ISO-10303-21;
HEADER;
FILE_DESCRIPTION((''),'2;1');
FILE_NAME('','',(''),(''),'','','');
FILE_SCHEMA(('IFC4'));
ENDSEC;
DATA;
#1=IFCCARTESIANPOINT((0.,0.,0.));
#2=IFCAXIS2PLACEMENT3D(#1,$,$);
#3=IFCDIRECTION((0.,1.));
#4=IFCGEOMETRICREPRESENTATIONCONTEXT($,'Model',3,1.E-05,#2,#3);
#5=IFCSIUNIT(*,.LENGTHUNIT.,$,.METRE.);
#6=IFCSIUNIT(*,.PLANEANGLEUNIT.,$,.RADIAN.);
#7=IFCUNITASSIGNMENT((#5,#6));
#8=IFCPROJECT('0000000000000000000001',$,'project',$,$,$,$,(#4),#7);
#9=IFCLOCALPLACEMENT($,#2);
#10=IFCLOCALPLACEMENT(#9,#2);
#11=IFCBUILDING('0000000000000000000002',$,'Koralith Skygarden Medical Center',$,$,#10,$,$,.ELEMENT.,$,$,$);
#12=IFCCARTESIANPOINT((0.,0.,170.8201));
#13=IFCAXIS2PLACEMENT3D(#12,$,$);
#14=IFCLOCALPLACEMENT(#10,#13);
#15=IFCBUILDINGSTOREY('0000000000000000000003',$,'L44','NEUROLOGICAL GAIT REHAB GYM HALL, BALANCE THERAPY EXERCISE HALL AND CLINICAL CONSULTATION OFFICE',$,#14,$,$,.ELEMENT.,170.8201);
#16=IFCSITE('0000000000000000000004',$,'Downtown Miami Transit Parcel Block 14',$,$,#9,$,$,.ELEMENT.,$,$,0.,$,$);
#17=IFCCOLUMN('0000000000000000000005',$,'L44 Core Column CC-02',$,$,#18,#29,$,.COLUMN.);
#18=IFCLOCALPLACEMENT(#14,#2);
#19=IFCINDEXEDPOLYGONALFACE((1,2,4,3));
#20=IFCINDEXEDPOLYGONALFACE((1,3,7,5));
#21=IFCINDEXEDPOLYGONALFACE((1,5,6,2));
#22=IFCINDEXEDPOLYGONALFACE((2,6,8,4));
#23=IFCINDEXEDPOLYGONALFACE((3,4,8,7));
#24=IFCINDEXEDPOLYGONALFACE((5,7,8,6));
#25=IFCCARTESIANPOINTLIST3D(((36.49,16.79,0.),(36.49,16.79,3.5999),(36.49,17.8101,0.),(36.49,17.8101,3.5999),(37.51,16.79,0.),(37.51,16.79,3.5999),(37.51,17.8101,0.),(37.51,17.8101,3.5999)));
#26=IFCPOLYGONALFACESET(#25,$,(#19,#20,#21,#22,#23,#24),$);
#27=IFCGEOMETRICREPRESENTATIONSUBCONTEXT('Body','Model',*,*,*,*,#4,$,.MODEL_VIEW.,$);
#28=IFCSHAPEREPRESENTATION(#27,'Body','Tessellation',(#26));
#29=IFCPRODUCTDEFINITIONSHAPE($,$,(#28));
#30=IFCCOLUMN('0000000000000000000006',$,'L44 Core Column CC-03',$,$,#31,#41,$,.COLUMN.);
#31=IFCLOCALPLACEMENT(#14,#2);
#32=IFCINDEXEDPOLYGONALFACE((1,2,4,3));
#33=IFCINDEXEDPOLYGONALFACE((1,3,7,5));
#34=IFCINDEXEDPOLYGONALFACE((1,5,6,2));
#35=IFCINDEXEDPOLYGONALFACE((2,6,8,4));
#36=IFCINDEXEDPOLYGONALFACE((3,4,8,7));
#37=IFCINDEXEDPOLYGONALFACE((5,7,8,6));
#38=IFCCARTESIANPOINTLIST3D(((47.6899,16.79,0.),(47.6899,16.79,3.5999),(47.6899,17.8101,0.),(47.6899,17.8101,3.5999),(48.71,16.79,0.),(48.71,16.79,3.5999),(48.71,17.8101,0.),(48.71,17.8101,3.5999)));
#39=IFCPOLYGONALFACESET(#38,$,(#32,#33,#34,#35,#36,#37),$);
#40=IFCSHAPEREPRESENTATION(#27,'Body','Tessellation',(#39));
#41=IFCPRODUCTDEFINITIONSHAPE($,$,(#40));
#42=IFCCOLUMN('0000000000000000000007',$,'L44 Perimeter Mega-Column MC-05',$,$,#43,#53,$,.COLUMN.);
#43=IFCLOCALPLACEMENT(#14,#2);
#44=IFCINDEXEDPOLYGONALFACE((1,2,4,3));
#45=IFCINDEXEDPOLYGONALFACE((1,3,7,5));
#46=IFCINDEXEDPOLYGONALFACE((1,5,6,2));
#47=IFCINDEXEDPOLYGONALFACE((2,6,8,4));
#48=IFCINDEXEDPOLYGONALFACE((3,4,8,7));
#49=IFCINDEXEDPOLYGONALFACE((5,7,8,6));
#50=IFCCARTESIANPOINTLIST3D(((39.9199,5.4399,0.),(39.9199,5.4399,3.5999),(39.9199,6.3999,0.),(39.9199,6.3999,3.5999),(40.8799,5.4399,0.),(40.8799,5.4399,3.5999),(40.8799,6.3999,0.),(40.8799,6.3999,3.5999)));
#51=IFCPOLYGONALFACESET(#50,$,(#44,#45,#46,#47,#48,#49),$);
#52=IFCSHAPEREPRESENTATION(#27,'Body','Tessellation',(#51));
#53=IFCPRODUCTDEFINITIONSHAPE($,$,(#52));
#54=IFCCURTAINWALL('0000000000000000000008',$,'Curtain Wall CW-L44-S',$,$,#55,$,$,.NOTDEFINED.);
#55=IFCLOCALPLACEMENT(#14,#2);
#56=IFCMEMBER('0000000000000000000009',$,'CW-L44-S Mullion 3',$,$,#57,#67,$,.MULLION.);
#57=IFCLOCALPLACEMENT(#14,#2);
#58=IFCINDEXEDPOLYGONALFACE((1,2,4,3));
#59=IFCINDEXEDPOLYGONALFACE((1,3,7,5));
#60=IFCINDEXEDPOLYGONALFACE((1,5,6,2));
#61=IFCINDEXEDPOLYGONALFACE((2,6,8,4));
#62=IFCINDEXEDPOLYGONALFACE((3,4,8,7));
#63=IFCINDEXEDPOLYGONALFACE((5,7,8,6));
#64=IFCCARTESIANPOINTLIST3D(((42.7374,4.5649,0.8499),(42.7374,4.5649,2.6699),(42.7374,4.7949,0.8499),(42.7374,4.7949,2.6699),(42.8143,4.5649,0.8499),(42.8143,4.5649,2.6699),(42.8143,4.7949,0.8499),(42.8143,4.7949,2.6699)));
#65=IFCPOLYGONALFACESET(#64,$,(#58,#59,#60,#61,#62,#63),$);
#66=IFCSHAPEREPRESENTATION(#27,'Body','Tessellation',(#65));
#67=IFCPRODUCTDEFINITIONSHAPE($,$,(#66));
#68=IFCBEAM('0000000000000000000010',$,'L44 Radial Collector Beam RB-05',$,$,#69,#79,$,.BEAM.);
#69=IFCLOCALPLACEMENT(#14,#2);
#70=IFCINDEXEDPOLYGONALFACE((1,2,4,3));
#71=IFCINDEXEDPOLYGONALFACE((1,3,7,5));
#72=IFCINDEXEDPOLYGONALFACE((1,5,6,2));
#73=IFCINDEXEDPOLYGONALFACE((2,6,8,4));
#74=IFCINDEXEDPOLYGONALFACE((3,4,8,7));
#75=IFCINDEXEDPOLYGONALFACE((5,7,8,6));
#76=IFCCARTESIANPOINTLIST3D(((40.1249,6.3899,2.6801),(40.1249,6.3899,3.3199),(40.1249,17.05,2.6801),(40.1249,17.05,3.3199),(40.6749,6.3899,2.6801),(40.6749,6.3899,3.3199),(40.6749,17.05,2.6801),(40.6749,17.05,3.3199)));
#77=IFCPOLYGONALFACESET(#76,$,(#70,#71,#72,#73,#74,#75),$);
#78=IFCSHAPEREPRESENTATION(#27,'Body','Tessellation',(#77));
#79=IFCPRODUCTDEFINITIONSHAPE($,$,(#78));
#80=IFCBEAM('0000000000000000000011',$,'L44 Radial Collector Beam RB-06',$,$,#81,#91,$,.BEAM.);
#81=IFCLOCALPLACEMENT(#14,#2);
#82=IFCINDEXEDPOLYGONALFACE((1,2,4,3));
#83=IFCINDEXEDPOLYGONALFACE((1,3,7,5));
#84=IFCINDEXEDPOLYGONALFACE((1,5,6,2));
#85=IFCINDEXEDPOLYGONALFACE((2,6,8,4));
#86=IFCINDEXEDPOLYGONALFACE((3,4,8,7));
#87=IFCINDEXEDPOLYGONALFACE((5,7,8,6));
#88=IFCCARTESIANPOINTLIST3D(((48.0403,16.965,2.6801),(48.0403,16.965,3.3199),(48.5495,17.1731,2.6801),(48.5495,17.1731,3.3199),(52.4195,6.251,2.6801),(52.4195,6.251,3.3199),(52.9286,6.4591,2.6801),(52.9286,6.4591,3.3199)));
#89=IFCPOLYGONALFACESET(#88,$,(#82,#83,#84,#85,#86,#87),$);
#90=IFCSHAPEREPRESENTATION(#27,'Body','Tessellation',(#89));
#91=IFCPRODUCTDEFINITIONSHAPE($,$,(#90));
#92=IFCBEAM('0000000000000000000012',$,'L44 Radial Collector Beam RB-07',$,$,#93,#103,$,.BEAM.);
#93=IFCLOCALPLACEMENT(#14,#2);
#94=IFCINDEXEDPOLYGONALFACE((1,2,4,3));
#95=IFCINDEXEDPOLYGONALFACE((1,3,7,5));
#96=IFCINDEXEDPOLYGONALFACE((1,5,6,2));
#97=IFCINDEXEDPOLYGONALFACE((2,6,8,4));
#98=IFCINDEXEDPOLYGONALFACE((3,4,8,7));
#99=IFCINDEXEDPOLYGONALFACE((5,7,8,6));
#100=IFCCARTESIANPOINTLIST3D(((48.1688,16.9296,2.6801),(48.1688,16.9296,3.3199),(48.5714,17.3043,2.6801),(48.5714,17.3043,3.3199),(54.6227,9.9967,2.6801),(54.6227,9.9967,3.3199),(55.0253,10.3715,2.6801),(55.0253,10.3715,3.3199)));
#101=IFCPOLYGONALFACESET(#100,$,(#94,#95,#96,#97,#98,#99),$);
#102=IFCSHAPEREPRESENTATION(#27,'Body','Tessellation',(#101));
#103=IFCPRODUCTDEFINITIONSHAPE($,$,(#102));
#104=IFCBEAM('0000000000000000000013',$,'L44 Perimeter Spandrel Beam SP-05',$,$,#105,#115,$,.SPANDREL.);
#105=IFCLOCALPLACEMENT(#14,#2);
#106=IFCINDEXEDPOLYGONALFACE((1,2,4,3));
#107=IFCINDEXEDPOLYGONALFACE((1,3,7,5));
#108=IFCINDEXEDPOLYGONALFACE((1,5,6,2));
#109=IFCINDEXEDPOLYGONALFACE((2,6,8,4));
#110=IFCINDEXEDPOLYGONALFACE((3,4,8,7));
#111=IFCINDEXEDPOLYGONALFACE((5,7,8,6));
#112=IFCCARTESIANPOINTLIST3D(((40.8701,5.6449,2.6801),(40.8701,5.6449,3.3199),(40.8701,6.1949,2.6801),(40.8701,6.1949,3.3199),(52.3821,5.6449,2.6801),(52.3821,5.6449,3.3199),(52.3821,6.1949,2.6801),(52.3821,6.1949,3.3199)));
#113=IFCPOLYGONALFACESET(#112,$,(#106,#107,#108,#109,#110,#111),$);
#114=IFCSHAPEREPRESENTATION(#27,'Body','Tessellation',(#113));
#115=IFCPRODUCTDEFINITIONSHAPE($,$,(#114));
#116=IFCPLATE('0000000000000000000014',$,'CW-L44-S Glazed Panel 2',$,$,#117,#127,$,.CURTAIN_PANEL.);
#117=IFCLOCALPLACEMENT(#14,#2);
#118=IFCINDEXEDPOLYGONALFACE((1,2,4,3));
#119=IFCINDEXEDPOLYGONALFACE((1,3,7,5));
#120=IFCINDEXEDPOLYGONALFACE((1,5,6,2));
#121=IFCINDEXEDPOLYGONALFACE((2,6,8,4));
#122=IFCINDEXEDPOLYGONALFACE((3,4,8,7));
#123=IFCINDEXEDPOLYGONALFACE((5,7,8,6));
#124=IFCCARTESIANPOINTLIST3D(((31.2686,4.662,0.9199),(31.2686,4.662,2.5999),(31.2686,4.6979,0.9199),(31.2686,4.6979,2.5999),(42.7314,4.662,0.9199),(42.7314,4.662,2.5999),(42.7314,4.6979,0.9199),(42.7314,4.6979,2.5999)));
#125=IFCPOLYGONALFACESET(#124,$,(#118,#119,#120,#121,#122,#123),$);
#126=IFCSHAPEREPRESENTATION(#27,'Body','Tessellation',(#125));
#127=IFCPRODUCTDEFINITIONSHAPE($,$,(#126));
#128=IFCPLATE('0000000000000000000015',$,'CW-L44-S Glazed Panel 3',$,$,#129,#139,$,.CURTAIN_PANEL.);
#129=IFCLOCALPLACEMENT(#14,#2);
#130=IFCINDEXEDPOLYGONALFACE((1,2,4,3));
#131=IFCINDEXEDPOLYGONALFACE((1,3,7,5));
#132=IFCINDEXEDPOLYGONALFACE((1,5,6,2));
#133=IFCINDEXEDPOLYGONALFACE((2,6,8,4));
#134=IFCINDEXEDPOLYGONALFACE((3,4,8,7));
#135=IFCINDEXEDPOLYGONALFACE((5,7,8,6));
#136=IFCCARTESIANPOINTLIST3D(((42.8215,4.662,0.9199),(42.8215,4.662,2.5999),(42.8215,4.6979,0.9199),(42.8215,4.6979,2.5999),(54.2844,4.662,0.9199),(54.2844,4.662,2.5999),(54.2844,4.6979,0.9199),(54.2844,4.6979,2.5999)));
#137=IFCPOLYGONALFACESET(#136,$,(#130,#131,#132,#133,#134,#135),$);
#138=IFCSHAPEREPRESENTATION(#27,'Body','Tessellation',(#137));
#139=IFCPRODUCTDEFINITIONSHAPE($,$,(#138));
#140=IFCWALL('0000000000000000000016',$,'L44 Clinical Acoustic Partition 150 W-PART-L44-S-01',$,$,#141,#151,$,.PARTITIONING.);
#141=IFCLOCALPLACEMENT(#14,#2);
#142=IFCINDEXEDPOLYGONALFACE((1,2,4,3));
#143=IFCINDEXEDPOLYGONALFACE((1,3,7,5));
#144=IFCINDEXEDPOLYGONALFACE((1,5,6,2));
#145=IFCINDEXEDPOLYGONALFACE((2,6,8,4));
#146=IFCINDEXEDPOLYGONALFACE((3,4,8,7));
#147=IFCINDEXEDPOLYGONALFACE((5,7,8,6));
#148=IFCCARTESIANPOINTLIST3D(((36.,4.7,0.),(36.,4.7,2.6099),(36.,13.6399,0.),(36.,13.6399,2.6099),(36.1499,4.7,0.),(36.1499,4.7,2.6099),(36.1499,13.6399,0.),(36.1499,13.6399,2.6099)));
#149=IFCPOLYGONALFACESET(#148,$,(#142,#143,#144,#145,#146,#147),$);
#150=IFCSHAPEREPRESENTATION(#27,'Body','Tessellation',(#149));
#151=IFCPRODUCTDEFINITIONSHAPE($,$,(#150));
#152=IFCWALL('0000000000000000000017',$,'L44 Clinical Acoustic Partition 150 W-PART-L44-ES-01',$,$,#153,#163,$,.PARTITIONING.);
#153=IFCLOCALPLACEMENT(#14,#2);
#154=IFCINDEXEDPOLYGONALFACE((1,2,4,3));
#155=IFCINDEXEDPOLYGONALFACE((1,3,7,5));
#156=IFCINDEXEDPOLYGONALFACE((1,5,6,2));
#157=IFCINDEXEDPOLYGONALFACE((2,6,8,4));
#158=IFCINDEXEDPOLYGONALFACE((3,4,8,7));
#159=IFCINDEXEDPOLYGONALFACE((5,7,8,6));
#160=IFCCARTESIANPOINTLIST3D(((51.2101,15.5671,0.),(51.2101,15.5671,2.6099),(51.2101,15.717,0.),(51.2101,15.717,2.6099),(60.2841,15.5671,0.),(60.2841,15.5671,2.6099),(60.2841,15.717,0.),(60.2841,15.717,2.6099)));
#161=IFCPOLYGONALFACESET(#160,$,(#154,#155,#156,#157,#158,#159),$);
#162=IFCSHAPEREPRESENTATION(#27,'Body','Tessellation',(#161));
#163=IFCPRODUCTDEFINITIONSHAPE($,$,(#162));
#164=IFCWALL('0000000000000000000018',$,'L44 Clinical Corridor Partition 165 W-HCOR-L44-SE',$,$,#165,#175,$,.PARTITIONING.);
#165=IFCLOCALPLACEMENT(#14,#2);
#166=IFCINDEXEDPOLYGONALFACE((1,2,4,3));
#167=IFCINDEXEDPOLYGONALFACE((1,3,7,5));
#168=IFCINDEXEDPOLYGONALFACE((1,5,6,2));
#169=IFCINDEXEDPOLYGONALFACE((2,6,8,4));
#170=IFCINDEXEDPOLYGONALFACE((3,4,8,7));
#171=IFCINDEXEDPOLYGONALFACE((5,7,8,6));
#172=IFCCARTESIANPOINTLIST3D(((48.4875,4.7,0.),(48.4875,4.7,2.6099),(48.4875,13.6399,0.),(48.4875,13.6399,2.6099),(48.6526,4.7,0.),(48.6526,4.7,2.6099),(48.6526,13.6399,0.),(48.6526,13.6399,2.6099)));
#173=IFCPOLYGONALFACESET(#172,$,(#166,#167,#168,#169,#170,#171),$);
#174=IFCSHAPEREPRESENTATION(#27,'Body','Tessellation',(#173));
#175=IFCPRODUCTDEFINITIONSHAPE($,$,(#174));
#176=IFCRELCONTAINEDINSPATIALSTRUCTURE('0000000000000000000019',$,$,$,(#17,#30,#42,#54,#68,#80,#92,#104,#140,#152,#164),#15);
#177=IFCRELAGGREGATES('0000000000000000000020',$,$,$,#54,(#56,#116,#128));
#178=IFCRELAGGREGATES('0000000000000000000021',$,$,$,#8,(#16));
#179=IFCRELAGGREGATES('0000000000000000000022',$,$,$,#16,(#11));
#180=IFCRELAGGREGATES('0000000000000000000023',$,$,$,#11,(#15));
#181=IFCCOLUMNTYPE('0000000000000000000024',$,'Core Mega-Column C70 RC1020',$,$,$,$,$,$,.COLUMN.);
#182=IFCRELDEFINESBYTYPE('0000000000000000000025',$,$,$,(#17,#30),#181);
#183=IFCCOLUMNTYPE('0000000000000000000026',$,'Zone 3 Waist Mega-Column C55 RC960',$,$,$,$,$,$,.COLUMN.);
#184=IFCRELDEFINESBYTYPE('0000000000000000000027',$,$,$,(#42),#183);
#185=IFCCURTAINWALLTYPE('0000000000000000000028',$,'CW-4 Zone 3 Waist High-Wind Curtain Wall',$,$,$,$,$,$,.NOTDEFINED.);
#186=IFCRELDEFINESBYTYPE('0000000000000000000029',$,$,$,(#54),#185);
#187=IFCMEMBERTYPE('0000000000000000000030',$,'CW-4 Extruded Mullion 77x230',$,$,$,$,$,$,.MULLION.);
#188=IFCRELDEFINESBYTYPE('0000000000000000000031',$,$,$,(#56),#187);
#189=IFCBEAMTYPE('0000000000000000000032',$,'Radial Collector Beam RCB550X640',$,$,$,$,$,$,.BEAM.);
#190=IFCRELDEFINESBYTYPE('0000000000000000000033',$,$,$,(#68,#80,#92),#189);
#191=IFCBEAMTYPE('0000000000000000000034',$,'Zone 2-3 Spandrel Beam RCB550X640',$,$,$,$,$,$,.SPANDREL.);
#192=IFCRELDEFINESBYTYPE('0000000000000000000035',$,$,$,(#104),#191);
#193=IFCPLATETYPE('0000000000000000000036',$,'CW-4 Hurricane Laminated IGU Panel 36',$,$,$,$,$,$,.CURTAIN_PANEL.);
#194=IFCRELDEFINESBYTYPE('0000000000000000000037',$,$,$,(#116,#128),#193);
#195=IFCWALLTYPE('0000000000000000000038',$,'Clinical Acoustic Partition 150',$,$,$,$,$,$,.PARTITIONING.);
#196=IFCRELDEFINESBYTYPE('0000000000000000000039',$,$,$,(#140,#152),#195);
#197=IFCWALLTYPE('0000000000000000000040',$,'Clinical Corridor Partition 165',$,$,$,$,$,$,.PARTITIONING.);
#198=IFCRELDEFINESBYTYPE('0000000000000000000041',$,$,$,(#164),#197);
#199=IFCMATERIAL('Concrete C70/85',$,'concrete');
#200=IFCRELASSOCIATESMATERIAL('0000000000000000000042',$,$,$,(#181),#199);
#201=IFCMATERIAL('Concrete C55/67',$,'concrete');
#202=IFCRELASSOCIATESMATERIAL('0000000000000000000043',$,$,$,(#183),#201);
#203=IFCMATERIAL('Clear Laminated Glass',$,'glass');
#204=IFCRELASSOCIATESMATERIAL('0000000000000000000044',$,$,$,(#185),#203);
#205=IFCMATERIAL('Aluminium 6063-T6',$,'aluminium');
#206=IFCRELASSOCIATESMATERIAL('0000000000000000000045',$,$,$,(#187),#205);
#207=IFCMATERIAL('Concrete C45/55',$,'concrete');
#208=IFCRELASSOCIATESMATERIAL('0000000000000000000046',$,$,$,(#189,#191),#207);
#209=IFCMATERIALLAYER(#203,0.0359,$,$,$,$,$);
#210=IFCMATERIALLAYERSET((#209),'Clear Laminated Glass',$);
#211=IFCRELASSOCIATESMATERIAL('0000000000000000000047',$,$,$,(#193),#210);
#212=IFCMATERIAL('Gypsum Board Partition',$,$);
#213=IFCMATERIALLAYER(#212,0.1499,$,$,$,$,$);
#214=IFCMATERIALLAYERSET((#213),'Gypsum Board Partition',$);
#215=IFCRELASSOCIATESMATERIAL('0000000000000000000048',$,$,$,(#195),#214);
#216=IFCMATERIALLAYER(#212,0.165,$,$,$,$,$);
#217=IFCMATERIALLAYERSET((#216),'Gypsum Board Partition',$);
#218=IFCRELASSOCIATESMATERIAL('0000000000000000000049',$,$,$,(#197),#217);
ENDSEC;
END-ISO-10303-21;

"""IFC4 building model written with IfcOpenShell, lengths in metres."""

from ifc_helpers import new_model, si_unit, direction, frame, frame_2d, origin, origin_2d, place, context, subcontext, project, spatial, rectangle, extrude, material, layer, layer_set, material_profile, profile_set, type_object, element, aggregate, save


model = new_model("IFC4")

# Units and contexts
model_context = context("Model", 3, precision=1e-05, world=origin(), true_north=direction((0.0, 1.0)))
body_context = subcontext(model_context, "Body", "Model", "MODEL_VIEW")
ifc_project = project(units=[si_unit("LENGTHUNIT", "METRE"), si_unit("PLANEANGLEUNIT", "RADIAN")], contexts=[model_context])

# Site, building, storey
site_placement = place(None, origin())
site = spatial("IfcSite", under=ifc_project, at=site_placement, Name="Downtown Miami Transit Parcel Block 14", CompositionType="ELEMENT", RefElevation=0.0)
building_placement = place(site_placement, origin())
building = spatial("IfcBuilding", under=site, at=building_placement, Name="Koralith Skygarden Medical Center", CompositionType="ELEMENT")
storey_placement = place(building_placement, frame((0.0, 0.0, 170.8201)))
storey = spatial("IfcBuildingStorey", under=building, at=storey_placement, Name="L44", Description="NEUROLOGICAL GAIT REHAB GYM HALL, BALANCE THERAPY EXERCISE HALL AND CLINICAL CONSULTATION OFFICE", CompositionType="ELEMENT", Elevation=170.8201)

# Columns
ifc_material_1 = material(Name="Concrete C70/85", Category="concrete")
ifc_material_profile_1 = material_profile(ifc_material_1, rectangle(XDim=1.02, YDim=1.02, at=origin_2d()), Name="RC1020X1020")
ifc_profile_set_1 = profile_set([ifc_material_profile_1], Name="Concrete C70/85")
column_type_1 = type_object("IfcColumnType", Name="Core Mega-Column C70 RC1020", PredefinedType="COLUMN", material=ifc_profile_set_1)
for number, where, z_axis, x_axis, name in (
    (1, (37.0, 17.3, 0.0), (0.0, 0.0, 1.0), (1.0, 0.0, 0.0), "L44 Core Column CC-02"),
    (2, (48.2, 17.3, 0.0), (0.0, 0.0, 1.0), (1.0, 0.0, 0.0), "L44 Core Column CC-03"),
):
    element("IfcColumn", number, at=place(storey_placement, frame(where, z_axis=z_axis, x_axis=x_axis)), inside=storey, type_object=column_type_1, Name=name, PredefinedType="COLUMN", context=body_context, shape_type="SweptSolid", body=[
        extrude(rectangle(XDim=1.02, YDim=1.02, at=origin_2d()), origin(), (0.0, 0.0, 1.0), 3.5999),
    ])
ifc_material_2 = material(Name="Concrete C55/67", Category="concrete")
ifc_material_profile_2 = material_profile(ifc_material_2, rectangle(XDim=0.96, YDim=0.96, at=origin_2d()), Name="RC960X960")
ifc_profile_set_2 = profile_set([ifc_material_profile_2], Name="Concrete C55/67")
column_type_2 = type_object("IfcColumnType", Name="Zone 3 Waist Mega-Column C55 RC960", PredefinedType="COLUMN", material=ifc_profile_set_2)
column_placement = place(storey_placement, frame((40.3999, 5.9199, 0.0), z_axis=(0.0, 0.0, 1.0), x_axis=(1.0, 0.0, 0.0)))
element("IfcColumn", 3, at=column_placement, inside=storey, type_object=column_type_2, Name="L44 Perimeter Mega-Column MC-05", PredefinedType="COLUMN", context=body_context, shape_type="SweptSolid", body=[
    extrude(rectangle(XDim=0.96, YDim=0.96, at=origin_2d()), origin(), (0.0, 0.0, 1.0), 3.5999),
])

# Curtain wall, member
ifc_material_3 = material(Name="Clear Laminated Glass", Category="glass")
curtain_wall_type = type_object("IfcCurtainWallType", Name="CW-4 Zone 3 Waist High-Wind Curtain Wall", PredefinedType="NOTDEFINED", material=ifc_material_3)
curtain_wall_placement = place(storey_placement, origin())
curtain_wall = element("IfcCurtainWall", 4, at=curtain_wall_placement, inside=storey, type_object=curtain_wall_type, Name="Curtain Wall CW-L44-S", PredefinedType="NOTDEFINED")
ifc_material_4 = material(Name="Aluminium 6063-T6", Category="aluminium")
ifc_material_profile_3 = material_profile(ifc_material_4, rectangle(XDim=0.0769, YDim=0.23, at=origin_2d()), Name="MUL77X230")
ifc_profile_set_3 = profile_set([ifc_material_profile_3], Name="Aluminium 6063-T6")
member_type = type_object("IfcMemberType", Name="CW-4 Extruded Mullion 77x230", PredefinedType="MULLION", material=ifc_profile_set_3)
member_placement = place(storey_placement, frame((42.7759, 4.6799, 0.8499), z_axis=(0.0, 0.0, 1.0), x_axis=(1.0, 0.0, 0.0)))
member = element("IfcMember", 5, at=member_placement, type_object=member_type, Name="CW-L44-S Mullion 3", PredefinedType="MULLION", context=body_context, shape_type="SweptSolid", body=[
    extrude(rectangle(XDim=0.0769, YDim=0.23, at=origin_2d()), origin(), (0.0, 0.0, 1.0), 1.8201),
])

# Beams
ifc_material_5 = material(Name="Concrete C45/55", Category="concrete")
ifc_material_profile_4 = material_profile(ifc_material_5, rectangle(XDim=0.55, YDim=0.6399, at=origin_2d()), Name="RCB550X640")
ifc_profile_set_4 = profile_set([ifc_material_profile_4], Name="Concrete C45/55")
beam_type_1 = type_object("IfcBeamType", Name="Radial Collector Beam RCB550X640", PredefinedType="BEAM", material=ifc_profile_set_4)
beam_1_placement = place(storey_placement, frame((40.3999, 17.05, 3.0), z_axis=(0.0, -1.0, 0.0), x_axis=(1.0, 0.0, 0.0)))
element("IfcBeam", 6, at=beam_1_placement, inside=storey, type_object=beam_type_1, Name="L44 Radial Collector Beam RB-05", PredefinedType="BEAM", context=body_context, shape_type="SweptSolid", body=[
    extrude(rectangle(XDim=0.55, YDim=0.6399, at=origin_2d()), origin(), (0.0, 0.0, 1.0), 10.6602),
])
beam_2_placement = place(storey_placement, frame((48.2949, 17.0691, 3.0), z_axis=(0.378345, -0.925665, 0.0), x_axis=(0.925665, 0.378345, 0.0)))
element("IfcBeam", 7, at=beam_2_placement, inside=storey, type_object=beam_type_1, Name="L44 Radial Collector Beam RB-06", PredefinedType="BEAM", context=body_context, shape_type="SweptSolid", body=[
    extrude(rectangle(XDim=0.55, YDim=0.6399, at=origin_2d()), origin(), (0.0, 0.0, 1.0), 11.5745),
])
beam_3_placement = place(storey_placement, frame((48.3701, 17.1169, 3.0), z_axis=(0.681369, -0.73194, 0.0), x_axis=(0.73194, 0.681369, 0.0)))
element("IfcBeam", 8, at=beam_3_placement, inside=storey, type_object=beam_type_1, Name="L44 Radial Collector Beam RB-07", PredefinedType="BEAM", context=body_context, shape_type="SweptSolid", body=[
    extrude(rectangle(XDim=0.55, YDim=0.6399, at=origin_2d()), origin(), (0.0, 0.0, 1.0), 9.4719),
])
ifc_material_profile_5 = material_profile(ifc_material_5, rectangle(XDim=0.55, YDim=0.6399, at=origin_2d()), Name="RCB550X640")
ifc_profile_set_5 = profile_set([ifc_material_profile_5], Name="Concrete C45/55")
beam_type_2 = type_object("IfcBeamType", Name="Zone 2-3 Spandrel Beam RCB550X640", PredefinedType="SPANDREL", material=ifc_profile_set_5)
beam_4_placement = place(storey_placement, frame((40.8701, 5.9199, 3.0), z_axis=(1.0, 0.0, 0.0), x_axis=(0.0, 1.0, 0.0)))
element("IfcBeam", 9, at=beam_4_placement, inside=storey, type_object=beam_type_2, Name="L44 Perimeter Spandrel Beam SP-05", PredefinedType="SPANDREL", context=body_context, shape_type="SweptSolid", body=[
    extrude(rectangle(XDim=0.55, YDim=0.6399, at=origin_2d()), origin(), (0.0, 0.0, 1.0), 11.512),
])

# Plates
ifc_layer_1 = layer(ifc_material_3, 0.0359)
ifc_layer_set_1 = layer_set([ifc_layer_1], Name="Clear Laminated Glass")
plate_type = type_object("IfcPlateType", Name="CW-4 Hurricane Laminated IGU Panel 36", PredefinedType="CURTAIN_PANEL", material=ifc_layer_set_1)
plate_1_placement = place(storey_placement, frame((37.0, 4.6799, 0.9199), z_axis=(0.0, 0.0, 1.0), x_axis=(1.0, 0.0, 0.0)))
plate_1 = element("IfcPlate", 10, at=plate_1_placement, type_object=plate_type, Name="CW-L44-S Glazed Panel 2", PredefinedType="CURTAIN_PANEL", context=body_context, shape_type="SweptSolid", body=[
    extrude(rectangle(XDim=11.4629, YDim=0.0359, at=origin_2d()), origin(), (0.0, 0.0, 1.0), 1.6799),
])
plate_2_placement = place(storey_placement, frame((48.553, 4.6799, 0.9199), z_axis=(0.0, 0.0, 1.0), x_axis=(1.0, 0.0, 0.0)))
plate_2 = element("IfcPlate", 11, at=plate_2_placement, type_object=plate_type, Name="CW-L44-S Glazed Panel 3", PredefinedType="CURTAIN_PANEL", context=body_context, shape_type="SweptSolid", body=[
    extrude(rectangle(XDim=11.4629, YDim=0.0359, at=origin_2d()), origin(), (0.0, 0.0, 1.0), 1.6799),
])
aggregate(curtain_wall, [member, plate_1, plate_2])

# Walls
ifc_material_6 = material(Name="Gypsum Board Partition")
ifc_layer_2 = layer(ifc_material_6, 0.1499)
ifc_layer_set_2 = layer_set([ifc_layer_2], Name="Gypsum Board Partition")
wall_type_1 = type_object("IfcWallType", Name="Clinical Acoustic Partition 150", PredefinedType="PARTITIONING", material=ifc_layer_set_2)
wall_1_placement = place(storey_placement, frame((36.075, 13.6399, 0.0), z_axis=(0.0, 0.0, 1.0), x_axis=(0.0, -1.0, 0.0)))
element("IfcWall", 12, at=wall_1_placement, inside=storey, type_object=wall_type_1, Name="L44 Clinical Acoustic Partition 150 W-PART-L44-S-01", PredefinedType="PARTITIONING", context=body_context, shape_type="SweptSolid", body=[
    extrude(rectangle(XDim=8.9399, YDim=0.1499, at=frame_2d((4.47, 0.0))), origin(), (0.0, 0.0, 1.0), 2.6099),
])
wall_2_placement = place(storey_placement, frame((51.21, 15.6421, 0.0), z_axis=(0.0, 0.0, 1.0), x_axis=(1.0, 0.0, 0.0)))
element("IfcWall", 13, at=wall_2_placement, inside=storey, type_object=wall_type_1, Name="L44 Clinical Acoustic Partition 150 W-PART-L44-ES-01", PredefinedType="PARTITIONING", context=body_context, shape_type="SweptSolid", body=[
    extrude(rectangle(XDim=9.074, YDim=0.1499, at=frame_2d((4.5371, 0.0))), origin(), (0.0, 0.0, 1.0), 2.6099),
])
ifc_layer_3 = layer(ifc_material_6, 0.165)
ifc_layer_set_3 = layer_set([ifc_layer_3], Name="Gypsum Board Partition")
wall_type_2 = type_object("IfcWallType", Name="Clinical Corridor Partition 165", PredefinedType="PARTITIONING", material=ifc_layer_set_3)
wall_3_placement = place(storey_placement, frame((48.5701, 4.7, 0.0), z_axis=(0.0, 0.0, 1.0), x_axis=(0.0, 1.0, 0.0)))
element("IfcWall", 14, at=wall_3_placement, inside=storey, type_object=wall_type_2, Name="L44 Clinical Corridor Partition 165 W-HCOR-L44-SE", PredefinedType="PARTITIONING", context=body_context, shape_type="SweptSolid", body=[
    extrude(rectangle(XDim=8.9399, YDim=0.165, at=frame_2d((4.47, 0.0))), origin(), (0.0, 0.0, 1.0), 2.6099),
])

save(model, "model.ifc")
